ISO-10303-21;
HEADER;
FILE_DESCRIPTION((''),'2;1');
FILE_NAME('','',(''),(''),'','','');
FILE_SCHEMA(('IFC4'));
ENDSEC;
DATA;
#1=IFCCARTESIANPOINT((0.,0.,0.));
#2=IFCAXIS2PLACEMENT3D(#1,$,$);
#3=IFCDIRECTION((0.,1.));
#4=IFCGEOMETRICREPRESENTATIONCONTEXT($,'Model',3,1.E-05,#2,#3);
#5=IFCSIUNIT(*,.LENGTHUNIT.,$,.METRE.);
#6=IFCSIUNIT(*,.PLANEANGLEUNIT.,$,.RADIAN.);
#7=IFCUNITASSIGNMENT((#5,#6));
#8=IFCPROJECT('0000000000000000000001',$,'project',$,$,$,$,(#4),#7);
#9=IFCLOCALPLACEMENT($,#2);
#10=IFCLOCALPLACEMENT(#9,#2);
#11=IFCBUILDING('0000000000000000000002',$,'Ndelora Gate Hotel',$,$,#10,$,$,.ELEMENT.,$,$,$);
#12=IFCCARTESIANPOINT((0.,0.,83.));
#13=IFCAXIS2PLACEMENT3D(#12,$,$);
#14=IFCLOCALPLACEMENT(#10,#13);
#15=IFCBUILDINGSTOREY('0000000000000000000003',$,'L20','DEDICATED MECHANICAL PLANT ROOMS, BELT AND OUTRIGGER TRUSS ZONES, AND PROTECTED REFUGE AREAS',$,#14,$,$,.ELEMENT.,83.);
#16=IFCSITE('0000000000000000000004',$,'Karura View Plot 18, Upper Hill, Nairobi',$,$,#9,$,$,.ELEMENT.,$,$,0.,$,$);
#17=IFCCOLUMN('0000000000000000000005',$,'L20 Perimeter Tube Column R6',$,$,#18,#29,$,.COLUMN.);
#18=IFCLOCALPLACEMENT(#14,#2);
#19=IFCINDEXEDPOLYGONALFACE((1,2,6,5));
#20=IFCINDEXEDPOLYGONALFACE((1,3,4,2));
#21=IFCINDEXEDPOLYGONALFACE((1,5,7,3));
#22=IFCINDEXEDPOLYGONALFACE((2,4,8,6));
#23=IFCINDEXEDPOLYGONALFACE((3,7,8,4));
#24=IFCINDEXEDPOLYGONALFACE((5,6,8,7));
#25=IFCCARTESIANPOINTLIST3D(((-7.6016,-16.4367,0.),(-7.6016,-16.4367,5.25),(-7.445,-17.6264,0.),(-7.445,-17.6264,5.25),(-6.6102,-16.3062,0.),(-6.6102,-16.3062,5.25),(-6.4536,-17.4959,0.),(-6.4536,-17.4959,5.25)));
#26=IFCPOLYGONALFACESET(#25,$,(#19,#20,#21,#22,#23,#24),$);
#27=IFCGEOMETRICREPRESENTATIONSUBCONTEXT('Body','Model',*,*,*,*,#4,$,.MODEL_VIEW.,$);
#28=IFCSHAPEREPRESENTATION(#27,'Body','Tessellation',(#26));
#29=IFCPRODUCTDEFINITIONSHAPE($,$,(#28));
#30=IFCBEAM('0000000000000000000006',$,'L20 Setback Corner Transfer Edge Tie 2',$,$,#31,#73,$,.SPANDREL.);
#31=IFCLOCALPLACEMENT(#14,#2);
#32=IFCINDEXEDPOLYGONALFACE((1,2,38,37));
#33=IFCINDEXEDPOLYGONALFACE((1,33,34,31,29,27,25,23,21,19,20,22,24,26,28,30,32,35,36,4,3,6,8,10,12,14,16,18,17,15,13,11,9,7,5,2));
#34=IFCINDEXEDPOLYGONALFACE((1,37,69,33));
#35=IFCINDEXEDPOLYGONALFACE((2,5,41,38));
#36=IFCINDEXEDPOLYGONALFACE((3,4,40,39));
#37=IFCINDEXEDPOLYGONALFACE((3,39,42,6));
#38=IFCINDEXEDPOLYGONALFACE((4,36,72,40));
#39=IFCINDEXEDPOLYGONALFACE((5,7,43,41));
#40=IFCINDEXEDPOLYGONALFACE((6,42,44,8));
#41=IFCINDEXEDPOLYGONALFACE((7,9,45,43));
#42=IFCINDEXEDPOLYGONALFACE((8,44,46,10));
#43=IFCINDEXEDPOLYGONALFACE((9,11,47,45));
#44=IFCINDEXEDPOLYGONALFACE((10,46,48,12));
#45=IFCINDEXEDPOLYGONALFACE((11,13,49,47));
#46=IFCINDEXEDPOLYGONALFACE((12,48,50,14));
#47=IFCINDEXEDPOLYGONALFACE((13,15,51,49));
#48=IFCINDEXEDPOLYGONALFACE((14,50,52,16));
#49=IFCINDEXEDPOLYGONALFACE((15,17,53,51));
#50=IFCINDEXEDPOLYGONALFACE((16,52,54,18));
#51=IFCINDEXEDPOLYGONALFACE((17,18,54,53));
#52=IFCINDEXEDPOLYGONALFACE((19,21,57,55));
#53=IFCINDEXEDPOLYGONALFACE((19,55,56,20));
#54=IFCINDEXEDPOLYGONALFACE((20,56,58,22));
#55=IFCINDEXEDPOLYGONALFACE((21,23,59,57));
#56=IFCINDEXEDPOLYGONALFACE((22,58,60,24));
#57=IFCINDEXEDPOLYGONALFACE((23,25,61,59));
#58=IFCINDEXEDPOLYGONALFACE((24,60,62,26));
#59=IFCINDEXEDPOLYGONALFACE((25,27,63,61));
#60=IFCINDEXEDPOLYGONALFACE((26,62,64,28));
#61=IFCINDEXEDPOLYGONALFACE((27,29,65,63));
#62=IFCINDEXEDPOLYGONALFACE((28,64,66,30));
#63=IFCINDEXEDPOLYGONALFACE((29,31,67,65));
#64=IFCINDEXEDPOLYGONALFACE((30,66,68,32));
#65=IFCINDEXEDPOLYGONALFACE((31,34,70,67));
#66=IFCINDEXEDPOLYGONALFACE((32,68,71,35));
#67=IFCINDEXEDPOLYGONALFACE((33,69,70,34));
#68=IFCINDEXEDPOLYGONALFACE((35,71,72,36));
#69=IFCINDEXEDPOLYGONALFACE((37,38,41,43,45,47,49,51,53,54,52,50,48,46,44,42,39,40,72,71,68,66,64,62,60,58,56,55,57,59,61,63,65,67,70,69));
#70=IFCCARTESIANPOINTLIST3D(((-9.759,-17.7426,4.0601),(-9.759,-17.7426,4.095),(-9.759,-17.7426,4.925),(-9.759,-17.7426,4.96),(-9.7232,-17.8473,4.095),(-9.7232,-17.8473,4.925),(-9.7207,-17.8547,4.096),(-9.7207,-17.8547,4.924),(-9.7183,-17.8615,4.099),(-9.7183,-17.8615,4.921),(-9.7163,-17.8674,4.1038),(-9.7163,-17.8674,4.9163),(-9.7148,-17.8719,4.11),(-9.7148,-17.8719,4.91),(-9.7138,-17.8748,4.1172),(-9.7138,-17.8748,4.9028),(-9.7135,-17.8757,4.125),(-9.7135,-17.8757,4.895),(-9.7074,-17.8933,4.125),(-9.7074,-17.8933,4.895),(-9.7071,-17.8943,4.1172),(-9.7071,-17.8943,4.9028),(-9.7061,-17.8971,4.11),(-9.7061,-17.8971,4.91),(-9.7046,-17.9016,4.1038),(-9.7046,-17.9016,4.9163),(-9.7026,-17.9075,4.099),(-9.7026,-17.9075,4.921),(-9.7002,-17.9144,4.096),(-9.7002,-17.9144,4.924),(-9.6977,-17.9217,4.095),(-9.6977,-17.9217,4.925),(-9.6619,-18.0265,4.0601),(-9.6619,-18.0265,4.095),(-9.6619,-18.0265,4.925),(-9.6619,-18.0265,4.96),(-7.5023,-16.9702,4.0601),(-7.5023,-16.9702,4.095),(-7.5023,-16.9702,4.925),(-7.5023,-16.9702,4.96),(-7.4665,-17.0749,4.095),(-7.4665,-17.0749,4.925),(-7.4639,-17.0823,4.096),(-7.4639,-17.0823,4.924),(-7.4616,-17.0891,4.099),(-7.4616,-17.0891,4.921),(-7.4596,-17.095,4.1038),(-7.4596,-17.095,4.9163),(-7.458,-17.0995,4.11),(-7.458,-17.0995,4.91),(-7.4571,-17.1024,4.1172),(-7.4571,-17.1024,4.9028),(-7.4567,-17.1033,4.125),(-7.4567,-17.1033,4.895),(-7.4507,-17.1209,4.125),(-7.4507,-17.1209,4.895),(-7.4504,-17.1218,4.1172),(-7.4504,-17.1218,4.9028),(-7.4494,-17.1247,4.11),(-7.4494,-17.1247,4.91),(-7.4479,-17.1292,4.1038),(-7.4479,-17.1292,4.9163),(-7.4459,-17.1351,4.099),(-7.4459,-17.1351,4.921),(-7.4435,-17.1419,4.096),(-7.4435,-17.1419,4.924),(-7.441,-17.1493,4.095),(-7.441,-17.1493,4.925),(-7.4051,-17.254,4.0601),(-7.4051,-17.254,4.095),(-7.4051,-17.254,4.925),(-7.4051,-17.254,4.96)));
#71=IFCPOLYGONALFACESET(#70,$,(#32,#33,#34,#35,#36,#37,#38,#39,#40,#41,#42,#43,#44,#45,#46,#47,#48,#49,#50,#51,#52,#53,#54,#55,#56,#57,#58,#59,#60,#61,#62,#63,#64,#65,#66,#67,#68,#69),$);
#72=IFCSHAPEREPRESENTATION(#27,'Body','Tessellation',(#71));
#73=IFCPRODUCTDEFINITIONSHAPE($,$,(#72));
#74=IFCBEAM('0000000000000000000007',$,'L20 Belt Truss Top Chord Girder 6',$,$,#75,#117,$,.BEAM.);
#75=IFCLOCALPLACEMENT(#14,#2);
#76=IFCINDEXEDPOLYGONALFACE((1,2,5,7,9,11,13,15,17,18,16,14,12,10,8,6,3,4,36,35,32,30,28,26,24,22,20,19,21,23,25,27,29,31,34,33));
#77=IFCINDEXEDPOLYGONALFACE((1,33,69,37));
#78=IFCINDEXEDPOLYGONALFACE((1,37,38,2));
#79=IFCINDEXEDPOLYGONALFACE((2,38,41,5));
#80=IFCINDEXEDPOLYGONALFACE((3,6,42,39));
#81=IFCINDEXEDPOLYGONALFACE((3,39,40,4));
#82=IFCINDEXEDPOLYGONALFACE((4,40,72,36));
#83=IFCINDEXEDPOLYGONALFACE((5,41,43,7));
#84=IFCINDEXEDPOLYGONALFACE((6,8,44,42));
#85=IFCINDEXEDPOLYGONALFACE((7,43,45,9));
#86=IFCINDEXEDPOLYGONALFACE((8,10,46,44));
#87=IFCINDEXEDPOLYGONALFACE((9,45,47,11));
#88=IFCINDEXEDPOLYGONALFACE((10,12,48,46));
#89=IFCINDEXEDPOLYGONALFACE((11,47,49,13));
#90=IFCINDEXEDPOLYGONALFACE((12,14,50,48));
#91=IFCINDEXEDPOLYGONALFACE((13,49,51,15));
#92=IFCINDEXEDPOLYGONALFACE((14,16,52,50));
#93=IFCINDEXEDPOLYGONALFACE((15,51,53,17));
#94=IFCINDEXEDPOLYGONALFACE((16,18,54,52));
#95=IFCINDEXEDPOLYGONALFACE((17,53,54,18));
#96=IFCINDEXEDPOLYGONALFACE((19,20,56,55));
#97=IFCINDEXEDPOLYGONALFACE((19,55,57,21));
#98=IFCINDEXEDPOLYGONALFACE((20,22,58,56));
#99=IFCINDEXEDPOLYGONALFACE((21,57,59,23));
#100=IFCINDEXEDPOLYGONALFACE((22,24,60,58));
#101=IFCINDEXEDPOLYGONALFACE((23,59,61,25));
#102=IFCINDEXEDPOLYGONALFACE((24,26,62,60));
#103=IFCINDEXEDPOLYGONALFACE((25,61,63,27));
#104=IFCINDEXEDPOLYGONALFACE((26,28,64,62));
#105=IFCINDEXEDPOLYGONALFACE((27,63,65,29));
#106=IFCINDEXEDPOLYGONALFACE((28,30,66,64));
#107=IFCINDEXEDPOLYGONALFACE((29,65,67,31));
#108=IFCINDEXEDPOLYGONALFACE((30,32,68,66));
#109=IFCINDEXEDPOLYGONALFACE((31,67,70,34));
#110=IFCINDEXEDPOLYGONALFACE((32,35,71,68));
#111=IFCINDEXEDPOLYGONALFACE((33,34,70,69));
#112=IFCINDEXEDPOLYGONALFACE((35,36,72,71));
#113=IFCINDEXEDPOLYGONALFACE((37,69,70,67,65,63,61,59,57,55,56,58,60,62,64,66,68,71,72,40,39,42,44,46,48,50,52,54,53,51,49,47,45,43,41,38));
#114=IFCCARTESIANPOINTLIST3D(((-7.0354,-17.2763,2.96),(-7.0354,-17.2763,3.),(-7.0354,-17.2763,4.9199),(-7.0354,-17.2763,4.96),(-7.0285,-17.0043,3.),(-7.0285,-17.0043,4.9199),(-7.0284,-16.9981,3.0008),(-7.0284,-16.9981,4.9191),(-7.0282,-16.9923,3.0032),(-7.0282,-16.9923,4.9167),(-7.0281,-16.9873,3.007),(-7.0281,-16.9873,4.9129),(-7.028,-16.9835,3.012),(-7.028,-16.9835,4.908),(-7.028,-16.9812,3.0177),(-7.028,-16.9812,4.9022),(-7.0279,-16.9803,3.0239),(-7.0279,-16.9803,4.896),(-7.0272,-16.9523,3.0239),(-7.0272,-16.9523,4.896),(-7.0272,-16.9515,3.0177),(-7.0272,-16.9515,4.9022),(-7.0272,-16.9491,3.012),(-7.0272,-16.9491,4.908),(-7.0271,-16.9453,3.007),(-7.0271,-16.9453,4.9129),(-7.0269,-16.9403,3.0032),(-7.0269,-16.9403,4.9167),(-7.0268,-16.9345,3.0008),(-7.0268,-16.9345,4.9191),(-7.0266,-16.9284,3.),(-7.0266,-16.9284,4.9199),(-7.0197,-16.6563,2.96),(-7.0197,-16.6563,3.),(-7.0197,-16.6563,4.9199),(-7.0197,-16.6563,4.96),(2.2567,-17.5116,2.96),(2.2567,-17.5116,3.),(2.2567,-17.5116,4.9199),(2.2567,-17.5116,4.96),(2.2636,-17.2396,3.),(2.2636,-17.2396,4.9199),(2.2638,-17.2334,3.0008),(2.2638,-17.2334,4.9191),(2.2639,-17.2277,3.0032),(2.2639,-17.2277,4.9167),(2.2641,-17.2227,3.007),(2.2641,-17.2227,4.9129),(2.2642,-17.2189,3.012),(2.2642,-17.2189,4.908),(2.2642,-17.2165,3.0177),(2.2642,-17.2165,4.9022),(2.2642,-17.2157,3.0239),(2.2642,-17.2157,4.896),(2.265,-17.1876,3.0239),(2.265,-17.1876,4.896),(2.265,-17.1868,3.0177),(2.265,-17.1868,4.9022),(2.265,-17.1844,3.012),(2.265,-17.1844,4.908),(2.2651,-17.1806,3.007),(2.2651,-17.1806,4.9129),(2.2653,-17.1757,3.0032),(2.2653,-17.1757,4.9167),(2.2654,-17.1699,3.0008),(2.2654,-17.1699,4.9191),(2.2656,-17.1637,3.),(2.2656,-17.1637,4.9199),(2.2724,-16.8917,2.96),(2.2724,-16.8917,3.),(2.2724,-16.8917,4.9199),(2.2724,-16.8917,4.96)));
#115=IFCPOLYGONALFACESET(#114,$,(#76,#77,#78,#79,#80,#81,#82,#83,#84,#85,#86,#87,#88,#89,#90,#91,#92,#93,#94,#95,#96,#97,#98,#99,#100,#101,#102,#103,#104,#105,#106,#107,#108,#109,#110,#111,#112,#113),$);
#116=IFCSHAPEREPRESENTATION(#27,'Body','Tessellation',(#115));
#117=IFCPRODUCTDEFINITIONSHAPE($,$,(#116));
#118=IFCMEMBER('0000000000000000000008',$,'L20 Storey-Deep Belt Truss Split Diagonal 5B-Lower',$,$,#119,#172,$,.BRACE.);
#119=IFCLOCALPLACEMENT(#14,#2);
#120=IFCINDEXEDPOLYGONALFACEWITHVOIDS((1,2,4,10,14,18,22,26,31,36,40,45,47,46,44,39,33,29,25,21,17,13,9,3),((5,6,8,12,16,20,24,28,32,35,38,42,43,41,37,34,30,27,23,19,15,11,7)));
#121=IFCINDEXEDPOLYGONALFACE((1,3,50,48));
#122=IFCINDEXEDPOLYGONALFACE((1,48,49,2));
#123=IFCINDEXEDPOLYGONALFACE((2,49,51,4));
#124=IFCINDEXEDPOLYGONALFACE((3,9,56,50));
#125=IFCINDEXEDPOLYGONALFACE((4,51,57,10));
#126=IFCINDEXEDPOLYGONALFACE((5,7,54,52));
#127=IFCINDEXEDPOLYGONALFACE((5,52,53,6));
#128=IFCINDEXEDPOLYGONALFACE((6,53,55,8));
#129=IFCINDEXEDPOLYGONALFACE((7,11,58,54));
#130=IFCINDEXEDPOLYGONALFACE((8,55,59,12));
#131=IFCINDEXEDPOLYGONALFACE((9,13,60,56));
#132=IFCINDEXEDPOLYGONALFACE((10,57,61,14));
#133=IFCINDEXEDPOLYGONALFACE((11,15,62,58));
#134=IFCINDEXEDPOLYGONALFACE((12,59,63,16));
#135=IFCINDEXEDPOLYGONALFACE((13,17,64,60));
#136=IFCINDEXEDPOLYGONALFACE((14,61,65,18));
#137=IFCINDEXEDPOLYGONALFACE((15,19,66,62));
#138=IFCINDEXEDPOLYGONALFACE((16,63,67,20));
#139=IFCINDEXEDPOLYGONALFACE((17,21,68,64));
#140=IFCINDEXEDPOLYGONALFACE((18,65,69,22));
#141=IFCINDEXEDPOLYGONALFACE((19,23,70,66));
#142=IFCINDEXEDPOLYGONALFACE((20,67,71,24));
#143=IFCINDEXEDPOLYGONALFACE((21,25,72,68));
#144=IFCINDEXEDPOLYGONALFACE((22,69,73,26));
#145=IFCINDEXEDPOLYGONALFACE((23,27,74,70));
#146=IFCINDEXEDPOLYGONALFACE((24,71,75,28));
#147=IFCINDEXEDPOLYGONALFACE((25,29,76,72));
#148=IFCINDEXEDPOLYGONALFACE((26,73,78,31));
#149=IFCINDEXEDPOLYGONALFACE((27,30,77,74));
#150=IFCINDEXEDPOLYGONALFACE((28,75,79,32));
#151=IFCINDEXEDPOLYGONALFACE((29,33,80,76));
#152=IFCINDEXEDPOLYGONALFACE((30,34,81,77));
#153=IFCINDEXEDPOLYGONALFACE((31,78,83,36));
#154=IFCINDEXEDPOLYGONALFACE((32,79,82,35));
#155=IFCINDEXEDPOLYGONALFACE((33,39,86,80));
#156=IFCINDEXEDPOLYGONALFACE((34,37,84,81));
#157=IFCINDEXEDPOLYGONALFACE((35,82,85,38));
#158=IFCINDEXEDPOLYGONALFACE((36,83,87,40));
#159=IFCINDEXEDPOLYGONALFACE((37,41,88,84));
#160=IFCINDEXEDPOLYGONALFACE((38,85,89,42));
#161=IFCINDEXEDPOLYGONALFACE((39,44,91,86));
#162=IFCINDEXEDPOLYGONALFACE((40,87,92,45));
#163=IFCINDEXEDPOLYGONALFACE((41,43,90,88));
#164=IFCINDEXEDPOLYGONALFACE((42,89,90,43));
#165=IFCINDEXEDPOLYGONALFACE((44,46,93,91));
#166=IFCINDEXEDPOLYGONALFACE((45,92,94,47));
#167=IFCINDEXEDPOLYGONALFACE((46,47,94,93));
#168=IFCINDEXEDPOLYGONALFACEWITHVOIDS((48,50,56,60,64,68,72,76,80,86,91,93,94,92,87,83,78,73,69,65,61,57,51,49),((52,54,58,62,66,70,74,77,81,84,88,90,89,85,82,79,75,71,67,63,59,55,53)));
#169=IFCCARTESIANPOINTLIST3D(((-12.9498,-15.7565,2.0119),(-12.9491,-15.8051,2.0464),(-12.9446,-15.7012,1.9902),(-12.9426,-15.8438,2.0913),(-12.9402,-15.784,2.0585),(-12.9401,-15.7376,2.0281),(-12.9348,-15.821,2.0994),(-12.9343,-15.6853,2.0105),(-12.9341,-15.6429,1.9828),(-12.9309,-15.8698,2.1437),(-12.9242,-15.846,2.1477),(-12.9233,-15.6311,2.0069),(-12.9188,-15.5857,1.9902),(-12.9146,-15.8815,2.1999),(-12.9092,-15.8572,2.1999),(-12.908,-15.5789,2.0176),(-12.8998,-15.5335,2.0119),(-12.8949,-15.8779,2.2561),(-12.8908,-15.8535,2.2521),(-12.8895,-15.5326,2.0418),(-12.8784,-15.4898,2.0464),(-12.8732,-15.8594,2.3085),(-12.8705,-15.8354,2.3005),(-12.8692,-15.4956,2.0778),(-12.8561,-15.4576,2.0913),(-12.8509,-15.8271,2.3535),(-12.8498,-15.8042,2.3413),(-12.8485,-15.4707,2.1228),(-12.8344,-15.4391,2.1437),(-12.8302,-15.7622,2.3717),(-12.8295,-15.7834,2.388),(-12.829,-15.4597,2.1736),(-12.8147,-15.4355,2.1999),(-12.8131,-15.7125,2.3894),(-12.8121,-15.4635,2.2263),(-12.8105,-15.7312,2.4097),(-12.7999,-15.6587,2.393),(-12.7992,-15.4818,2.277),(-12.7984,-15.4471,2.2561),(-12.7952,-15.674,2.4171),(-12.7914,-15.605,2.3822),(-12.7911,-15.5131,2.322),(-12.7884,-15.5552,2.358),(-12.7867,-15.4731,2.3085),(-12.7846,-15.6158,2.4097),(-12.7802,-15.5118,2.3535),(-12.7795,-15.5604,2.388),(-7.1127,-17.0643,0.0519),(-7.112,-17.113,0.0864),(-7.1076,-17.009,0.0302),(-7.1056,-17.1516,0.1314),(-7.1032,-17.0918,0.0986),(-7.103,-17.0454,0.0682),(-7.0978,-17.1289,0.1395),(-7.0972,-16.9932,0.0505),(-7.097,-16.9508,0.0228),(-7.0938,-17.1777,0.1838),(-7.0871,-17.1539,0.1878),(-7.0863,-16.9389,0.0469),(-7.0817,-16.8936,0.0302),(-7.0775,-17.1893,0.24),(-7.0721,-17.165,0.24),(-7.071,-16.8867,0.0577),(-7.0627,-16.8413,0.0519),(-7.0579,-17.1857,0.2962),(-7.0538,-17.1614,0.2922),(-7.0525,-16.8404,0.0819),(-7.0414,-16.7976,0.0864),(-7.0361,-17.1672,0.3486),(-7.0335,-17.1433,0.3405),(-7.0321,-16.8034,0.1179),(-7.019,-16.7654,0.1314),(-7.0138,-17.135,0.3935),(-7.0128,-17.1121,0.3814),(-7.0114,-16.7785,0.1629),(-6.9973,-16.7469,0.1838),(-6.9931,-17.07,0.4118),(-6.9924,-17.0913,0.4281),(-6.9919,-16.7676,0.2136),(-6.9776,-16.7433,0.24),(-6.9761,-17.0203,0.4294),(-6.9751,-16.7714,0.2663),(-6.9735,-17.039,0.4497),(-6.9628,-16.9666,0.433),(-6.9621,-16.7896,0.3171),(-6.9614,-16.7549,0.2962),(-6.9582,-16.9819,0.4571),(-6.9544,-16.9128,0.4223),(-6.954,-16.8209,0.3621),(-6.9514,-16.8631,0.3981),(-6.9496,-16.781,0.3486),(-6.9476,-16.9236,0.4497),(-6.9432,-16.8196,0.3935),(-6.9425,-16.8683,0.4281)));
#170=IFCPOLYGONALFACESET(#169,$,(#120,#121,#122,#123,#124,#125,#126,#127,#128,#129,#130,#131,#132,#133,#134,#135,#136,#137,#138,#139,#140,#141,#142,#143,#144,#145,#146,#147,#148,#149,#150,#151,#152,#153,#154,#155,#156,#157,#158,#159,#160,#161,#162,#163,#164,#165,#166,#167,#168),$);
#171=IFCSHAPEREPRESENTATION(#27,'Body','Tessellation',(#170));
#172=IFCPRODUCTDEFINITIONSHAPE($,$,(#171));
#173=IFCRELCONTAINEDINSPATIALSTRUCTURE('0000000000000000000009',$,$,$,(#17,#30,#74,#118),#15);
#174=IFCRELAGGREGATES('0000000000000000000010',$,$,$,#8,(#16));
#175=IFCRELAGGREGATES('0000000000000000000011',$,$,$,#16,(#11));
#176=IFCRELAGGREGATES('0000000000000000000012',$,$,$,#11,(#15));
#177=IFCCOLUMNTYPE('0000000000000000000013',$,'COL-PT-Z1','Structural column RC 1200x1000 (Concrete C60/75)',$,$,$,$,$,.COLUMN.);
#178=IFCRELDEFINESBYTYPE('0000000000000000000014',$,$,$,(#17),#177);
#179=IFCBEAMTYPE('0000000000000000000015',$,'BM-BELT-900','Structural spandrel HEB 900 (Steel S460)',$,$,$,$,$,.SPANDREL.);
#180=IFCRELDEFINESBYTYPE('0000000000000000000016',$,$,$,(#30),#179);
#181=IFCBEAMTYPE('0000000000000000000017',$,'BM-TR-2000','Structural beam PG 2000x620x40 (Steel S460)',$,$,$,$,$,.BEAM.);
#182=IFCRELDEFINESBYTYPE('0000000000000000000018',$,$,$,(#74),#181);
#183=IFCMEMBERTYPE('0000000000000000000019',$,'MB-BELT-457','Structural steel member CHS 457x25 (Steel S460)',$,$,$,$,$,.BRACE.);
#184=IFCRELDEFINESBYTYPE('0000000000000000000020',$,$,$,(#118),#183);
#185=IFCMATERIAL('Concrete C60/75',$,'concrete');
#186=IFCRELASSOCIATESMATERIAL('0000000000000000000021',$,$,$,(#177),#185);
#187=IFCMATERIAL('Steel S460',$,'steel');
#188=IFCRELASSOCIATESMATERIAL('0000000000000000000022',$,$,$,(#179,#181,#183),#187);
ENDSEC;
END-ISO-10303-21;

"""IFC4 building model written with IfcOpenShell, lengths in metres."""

from ifc_helpers import new_model, si_unit, direction, frame, origin, origin_2d, place, context, subcontext, project, spatial, rectangle, hollow_circle, i_section, extrude, material, material_profile, profile_set, type_object, element, save


model = new_model("IFC4")

# Units and contexts
model_context = context("Model", 3, precision=1e-05, world=origin(), true_north=direction((0.0, 1.0)))
body_context = subcontext(model_context, "Body", "Model", "MODEL_VIEW")
ifc_project = project(units=[si_unit("LENGTHUNIT", "METRE"), si_unit("PLANEANGLEUNIT", "RADIAN")], contexts=[model_context])

# Site, building, storey
site_placement = place(None, origin())
site = spatial("IfcSite", under=ifc_project, at=site_placement, Name="Karura View Plot 18, Upper Hill, Nairobi", CompositionType="ELEMENT", RefElevation=0.0)
building_placement = place(site_placement, origin())
building = spatial("IfcBuilding", under=site, at=building_placement, Name="Ndelora Gate Hotel", CompositionType="ELEMENT")
storey_placement = place(building_placement, frame((0.0, 0.0, 83.0)))
storey = spatial("IfcBuildingStorey", under=building, at=storey_placement, Name="L20", Description="DEDICATED MECHANICAL PLANT ROOMS, BELT AND OUTRIGGER TRUSS ZONES, AND PROTECTED REFUGE AREAS", CompositionType="ELEMENT", Elevation=83.0)

# Column
ifc_material_1 = material(Name="Concrete C60/75", Category="concrete")
ifc_material_profile_1 = material_profile(ifc_material_1, rectangle(XDim=1.0, YDim=1.2, at=origin_2d()), Name="RC 1200x1000")
ifc_profile_set_1 = profile_set([ifc_material_profile_1], Name="Concrete C60/75")
column_type = type_object("IfcColumnType", Name="COL-PT-Z1", Description="Structural column RC 1200x1000 (Concrete C60/75)", PredefinedType="COLUMN", material=ifc_profile_set_1)
column_placement = place(storey_placement, frame((-7.0276, -16.9663, 0.0), z_axis=(0.0, 0.0, 1.0), x_axis=(0.991445, 0.130526, 0.0)))
element("IfcColumn", 1, at=column_placement, inside=storey, type_object=column_type, Name="L20 Perimeter Tube Column R6", PredefinedType="COLUMN", context=body_context, shape_type="SweptSolid", body=[
    extrude(rectangle(XDim=1.0, YDim=1.2, at=origin_2d()), origin(), (0.0, 0.0, 1.0), 5.25),
])

# Beams
ifc_material_2 = material(Name="Steel S460", Category="steel")
ifc_material_profile_2 = material_profile(ifc_material_2, i_section(OverallWidth=0.3, OverallDepth=0.8999, WebThickness=0.0186, FlangeThickness=0.0349, FilletRadius=0.03, at=origin_2d()), Name="HEB 900")
ifc_profile_set_2 = profile_set([ifc_material_profile_2], Name="Steel S460")
beam_type_1 = type_object("IfcBeamType", Name="BM-BELT-900", Description="Structural spandrel HEB 900 (Steel S460)", PredefinedType="SPANDREL", material=ifc_profile_set_2)
beam_1_placement = place(storey_placement, frame((-9.7104, -17.8845, 4.51), z_axis=(0.946114, 0.323832, 0.0), x_axis=(-0.323832, 0.946114, 0.0)))
element("IfcBeam", 2, at=beam_1_placement, inside=storey, type_object=beam_type_1, Name="L20 Setback Corner Transfer Edge Tie 2", PredefinedType="SPANDREL", context=body_context, shape_type="SweptSolid", body=[
    extrude(i_section(OverallWidth=0.3, OverallDepth=0.8999, WebThickness=0.0186, FlangeThickness=0.0349, FilletRadius=0.03, at=origin_2d()), origin(), (0.0, 0.0, 1.0), 2.3853),
])
ifc_material_profile_3 = material_profile(ifc_material_2, i_section(OverallWidth=0.6201, OverallDepth=2.0, WebThickness=0.0281, FlangeThickness=0.04, FilletRadius=0.0239, at=origin_2d()), Name="PG 2000x620x40")
ifc_profile_set_3 = profile_set([ifc_material_profile_3], Name="Steel S460")
beam_type_2 = type_object("IfcBeamType", Name="BM-TR-2000", Description="Structural beam PG 2000x620x40 (Steel S460)", PredefinedType="BEAM", material=ifc_profile_set_3)
beam_2_placement = place(storey_placement, frame((-7.0276, -16.9663, 3.96), z_axis=(0.999679, -0.02532, 0.0), x_axis=(0.02532, 0.999679, 0.0)))
element("IfcBeam", 3, at=beam_2_placement, inside=storey, type_object=beam_type_2, Name="L20 Belt Truss Top Chord Girder 6", PredefinedType="BEAM", context=body_context, shape_type="SweptSolid", body=[
    extrude(i_section(OverallWidth=0.6201, OverallDepth=2.0, WebThickness=0.0281, FlangeThickness=0.04, FilletRadius=0.0239, at=origin_2d()), origin(), (0.0, 0.0, 1.0), 9.2952),
])

# Member
ifc_material_profile_4 = material_profile(ifc_material_2, hollow_circle(Radius=0.2285, WallThickness=0.0249, at=origin_2d()), Name="CHS 457x25")
ifc_profile_set_4 = profile_set([ifc_material_profile_4], Name="Steel S460")
member_type_1 = type_object("IfcMemberType", Name="MB-BELT-457", Description="Structural steel member CHS 457x25 (Steel S460)", PredefinedType="BRACE", material=ifc_profile_set_4)
member_1_placement = place(storey_placement, frame((-7.0276, -16.9663, 0.24), z_axis=(-0.9273, 0.207769, 0.311362), x_axis=(-0.218637, -0.975806, 0.0)))
element("IfcMember", 4, at=member_1_placement, inside=storey, type_object=member_type_1, Name="L20 Storey-Deep Belt Truss Split Diagonal 5B-Lower", PredefinedType="BRACE", context=body_context, shape_type="SweptSolid", body=[
    extrude(hollow_circle(Radius=0.2285, WallThickness=0.0249, at=origin_2d()), origin(), (0.0, 0.0, 1.0), 6.2947),
])

save(model, "model.ifc")
